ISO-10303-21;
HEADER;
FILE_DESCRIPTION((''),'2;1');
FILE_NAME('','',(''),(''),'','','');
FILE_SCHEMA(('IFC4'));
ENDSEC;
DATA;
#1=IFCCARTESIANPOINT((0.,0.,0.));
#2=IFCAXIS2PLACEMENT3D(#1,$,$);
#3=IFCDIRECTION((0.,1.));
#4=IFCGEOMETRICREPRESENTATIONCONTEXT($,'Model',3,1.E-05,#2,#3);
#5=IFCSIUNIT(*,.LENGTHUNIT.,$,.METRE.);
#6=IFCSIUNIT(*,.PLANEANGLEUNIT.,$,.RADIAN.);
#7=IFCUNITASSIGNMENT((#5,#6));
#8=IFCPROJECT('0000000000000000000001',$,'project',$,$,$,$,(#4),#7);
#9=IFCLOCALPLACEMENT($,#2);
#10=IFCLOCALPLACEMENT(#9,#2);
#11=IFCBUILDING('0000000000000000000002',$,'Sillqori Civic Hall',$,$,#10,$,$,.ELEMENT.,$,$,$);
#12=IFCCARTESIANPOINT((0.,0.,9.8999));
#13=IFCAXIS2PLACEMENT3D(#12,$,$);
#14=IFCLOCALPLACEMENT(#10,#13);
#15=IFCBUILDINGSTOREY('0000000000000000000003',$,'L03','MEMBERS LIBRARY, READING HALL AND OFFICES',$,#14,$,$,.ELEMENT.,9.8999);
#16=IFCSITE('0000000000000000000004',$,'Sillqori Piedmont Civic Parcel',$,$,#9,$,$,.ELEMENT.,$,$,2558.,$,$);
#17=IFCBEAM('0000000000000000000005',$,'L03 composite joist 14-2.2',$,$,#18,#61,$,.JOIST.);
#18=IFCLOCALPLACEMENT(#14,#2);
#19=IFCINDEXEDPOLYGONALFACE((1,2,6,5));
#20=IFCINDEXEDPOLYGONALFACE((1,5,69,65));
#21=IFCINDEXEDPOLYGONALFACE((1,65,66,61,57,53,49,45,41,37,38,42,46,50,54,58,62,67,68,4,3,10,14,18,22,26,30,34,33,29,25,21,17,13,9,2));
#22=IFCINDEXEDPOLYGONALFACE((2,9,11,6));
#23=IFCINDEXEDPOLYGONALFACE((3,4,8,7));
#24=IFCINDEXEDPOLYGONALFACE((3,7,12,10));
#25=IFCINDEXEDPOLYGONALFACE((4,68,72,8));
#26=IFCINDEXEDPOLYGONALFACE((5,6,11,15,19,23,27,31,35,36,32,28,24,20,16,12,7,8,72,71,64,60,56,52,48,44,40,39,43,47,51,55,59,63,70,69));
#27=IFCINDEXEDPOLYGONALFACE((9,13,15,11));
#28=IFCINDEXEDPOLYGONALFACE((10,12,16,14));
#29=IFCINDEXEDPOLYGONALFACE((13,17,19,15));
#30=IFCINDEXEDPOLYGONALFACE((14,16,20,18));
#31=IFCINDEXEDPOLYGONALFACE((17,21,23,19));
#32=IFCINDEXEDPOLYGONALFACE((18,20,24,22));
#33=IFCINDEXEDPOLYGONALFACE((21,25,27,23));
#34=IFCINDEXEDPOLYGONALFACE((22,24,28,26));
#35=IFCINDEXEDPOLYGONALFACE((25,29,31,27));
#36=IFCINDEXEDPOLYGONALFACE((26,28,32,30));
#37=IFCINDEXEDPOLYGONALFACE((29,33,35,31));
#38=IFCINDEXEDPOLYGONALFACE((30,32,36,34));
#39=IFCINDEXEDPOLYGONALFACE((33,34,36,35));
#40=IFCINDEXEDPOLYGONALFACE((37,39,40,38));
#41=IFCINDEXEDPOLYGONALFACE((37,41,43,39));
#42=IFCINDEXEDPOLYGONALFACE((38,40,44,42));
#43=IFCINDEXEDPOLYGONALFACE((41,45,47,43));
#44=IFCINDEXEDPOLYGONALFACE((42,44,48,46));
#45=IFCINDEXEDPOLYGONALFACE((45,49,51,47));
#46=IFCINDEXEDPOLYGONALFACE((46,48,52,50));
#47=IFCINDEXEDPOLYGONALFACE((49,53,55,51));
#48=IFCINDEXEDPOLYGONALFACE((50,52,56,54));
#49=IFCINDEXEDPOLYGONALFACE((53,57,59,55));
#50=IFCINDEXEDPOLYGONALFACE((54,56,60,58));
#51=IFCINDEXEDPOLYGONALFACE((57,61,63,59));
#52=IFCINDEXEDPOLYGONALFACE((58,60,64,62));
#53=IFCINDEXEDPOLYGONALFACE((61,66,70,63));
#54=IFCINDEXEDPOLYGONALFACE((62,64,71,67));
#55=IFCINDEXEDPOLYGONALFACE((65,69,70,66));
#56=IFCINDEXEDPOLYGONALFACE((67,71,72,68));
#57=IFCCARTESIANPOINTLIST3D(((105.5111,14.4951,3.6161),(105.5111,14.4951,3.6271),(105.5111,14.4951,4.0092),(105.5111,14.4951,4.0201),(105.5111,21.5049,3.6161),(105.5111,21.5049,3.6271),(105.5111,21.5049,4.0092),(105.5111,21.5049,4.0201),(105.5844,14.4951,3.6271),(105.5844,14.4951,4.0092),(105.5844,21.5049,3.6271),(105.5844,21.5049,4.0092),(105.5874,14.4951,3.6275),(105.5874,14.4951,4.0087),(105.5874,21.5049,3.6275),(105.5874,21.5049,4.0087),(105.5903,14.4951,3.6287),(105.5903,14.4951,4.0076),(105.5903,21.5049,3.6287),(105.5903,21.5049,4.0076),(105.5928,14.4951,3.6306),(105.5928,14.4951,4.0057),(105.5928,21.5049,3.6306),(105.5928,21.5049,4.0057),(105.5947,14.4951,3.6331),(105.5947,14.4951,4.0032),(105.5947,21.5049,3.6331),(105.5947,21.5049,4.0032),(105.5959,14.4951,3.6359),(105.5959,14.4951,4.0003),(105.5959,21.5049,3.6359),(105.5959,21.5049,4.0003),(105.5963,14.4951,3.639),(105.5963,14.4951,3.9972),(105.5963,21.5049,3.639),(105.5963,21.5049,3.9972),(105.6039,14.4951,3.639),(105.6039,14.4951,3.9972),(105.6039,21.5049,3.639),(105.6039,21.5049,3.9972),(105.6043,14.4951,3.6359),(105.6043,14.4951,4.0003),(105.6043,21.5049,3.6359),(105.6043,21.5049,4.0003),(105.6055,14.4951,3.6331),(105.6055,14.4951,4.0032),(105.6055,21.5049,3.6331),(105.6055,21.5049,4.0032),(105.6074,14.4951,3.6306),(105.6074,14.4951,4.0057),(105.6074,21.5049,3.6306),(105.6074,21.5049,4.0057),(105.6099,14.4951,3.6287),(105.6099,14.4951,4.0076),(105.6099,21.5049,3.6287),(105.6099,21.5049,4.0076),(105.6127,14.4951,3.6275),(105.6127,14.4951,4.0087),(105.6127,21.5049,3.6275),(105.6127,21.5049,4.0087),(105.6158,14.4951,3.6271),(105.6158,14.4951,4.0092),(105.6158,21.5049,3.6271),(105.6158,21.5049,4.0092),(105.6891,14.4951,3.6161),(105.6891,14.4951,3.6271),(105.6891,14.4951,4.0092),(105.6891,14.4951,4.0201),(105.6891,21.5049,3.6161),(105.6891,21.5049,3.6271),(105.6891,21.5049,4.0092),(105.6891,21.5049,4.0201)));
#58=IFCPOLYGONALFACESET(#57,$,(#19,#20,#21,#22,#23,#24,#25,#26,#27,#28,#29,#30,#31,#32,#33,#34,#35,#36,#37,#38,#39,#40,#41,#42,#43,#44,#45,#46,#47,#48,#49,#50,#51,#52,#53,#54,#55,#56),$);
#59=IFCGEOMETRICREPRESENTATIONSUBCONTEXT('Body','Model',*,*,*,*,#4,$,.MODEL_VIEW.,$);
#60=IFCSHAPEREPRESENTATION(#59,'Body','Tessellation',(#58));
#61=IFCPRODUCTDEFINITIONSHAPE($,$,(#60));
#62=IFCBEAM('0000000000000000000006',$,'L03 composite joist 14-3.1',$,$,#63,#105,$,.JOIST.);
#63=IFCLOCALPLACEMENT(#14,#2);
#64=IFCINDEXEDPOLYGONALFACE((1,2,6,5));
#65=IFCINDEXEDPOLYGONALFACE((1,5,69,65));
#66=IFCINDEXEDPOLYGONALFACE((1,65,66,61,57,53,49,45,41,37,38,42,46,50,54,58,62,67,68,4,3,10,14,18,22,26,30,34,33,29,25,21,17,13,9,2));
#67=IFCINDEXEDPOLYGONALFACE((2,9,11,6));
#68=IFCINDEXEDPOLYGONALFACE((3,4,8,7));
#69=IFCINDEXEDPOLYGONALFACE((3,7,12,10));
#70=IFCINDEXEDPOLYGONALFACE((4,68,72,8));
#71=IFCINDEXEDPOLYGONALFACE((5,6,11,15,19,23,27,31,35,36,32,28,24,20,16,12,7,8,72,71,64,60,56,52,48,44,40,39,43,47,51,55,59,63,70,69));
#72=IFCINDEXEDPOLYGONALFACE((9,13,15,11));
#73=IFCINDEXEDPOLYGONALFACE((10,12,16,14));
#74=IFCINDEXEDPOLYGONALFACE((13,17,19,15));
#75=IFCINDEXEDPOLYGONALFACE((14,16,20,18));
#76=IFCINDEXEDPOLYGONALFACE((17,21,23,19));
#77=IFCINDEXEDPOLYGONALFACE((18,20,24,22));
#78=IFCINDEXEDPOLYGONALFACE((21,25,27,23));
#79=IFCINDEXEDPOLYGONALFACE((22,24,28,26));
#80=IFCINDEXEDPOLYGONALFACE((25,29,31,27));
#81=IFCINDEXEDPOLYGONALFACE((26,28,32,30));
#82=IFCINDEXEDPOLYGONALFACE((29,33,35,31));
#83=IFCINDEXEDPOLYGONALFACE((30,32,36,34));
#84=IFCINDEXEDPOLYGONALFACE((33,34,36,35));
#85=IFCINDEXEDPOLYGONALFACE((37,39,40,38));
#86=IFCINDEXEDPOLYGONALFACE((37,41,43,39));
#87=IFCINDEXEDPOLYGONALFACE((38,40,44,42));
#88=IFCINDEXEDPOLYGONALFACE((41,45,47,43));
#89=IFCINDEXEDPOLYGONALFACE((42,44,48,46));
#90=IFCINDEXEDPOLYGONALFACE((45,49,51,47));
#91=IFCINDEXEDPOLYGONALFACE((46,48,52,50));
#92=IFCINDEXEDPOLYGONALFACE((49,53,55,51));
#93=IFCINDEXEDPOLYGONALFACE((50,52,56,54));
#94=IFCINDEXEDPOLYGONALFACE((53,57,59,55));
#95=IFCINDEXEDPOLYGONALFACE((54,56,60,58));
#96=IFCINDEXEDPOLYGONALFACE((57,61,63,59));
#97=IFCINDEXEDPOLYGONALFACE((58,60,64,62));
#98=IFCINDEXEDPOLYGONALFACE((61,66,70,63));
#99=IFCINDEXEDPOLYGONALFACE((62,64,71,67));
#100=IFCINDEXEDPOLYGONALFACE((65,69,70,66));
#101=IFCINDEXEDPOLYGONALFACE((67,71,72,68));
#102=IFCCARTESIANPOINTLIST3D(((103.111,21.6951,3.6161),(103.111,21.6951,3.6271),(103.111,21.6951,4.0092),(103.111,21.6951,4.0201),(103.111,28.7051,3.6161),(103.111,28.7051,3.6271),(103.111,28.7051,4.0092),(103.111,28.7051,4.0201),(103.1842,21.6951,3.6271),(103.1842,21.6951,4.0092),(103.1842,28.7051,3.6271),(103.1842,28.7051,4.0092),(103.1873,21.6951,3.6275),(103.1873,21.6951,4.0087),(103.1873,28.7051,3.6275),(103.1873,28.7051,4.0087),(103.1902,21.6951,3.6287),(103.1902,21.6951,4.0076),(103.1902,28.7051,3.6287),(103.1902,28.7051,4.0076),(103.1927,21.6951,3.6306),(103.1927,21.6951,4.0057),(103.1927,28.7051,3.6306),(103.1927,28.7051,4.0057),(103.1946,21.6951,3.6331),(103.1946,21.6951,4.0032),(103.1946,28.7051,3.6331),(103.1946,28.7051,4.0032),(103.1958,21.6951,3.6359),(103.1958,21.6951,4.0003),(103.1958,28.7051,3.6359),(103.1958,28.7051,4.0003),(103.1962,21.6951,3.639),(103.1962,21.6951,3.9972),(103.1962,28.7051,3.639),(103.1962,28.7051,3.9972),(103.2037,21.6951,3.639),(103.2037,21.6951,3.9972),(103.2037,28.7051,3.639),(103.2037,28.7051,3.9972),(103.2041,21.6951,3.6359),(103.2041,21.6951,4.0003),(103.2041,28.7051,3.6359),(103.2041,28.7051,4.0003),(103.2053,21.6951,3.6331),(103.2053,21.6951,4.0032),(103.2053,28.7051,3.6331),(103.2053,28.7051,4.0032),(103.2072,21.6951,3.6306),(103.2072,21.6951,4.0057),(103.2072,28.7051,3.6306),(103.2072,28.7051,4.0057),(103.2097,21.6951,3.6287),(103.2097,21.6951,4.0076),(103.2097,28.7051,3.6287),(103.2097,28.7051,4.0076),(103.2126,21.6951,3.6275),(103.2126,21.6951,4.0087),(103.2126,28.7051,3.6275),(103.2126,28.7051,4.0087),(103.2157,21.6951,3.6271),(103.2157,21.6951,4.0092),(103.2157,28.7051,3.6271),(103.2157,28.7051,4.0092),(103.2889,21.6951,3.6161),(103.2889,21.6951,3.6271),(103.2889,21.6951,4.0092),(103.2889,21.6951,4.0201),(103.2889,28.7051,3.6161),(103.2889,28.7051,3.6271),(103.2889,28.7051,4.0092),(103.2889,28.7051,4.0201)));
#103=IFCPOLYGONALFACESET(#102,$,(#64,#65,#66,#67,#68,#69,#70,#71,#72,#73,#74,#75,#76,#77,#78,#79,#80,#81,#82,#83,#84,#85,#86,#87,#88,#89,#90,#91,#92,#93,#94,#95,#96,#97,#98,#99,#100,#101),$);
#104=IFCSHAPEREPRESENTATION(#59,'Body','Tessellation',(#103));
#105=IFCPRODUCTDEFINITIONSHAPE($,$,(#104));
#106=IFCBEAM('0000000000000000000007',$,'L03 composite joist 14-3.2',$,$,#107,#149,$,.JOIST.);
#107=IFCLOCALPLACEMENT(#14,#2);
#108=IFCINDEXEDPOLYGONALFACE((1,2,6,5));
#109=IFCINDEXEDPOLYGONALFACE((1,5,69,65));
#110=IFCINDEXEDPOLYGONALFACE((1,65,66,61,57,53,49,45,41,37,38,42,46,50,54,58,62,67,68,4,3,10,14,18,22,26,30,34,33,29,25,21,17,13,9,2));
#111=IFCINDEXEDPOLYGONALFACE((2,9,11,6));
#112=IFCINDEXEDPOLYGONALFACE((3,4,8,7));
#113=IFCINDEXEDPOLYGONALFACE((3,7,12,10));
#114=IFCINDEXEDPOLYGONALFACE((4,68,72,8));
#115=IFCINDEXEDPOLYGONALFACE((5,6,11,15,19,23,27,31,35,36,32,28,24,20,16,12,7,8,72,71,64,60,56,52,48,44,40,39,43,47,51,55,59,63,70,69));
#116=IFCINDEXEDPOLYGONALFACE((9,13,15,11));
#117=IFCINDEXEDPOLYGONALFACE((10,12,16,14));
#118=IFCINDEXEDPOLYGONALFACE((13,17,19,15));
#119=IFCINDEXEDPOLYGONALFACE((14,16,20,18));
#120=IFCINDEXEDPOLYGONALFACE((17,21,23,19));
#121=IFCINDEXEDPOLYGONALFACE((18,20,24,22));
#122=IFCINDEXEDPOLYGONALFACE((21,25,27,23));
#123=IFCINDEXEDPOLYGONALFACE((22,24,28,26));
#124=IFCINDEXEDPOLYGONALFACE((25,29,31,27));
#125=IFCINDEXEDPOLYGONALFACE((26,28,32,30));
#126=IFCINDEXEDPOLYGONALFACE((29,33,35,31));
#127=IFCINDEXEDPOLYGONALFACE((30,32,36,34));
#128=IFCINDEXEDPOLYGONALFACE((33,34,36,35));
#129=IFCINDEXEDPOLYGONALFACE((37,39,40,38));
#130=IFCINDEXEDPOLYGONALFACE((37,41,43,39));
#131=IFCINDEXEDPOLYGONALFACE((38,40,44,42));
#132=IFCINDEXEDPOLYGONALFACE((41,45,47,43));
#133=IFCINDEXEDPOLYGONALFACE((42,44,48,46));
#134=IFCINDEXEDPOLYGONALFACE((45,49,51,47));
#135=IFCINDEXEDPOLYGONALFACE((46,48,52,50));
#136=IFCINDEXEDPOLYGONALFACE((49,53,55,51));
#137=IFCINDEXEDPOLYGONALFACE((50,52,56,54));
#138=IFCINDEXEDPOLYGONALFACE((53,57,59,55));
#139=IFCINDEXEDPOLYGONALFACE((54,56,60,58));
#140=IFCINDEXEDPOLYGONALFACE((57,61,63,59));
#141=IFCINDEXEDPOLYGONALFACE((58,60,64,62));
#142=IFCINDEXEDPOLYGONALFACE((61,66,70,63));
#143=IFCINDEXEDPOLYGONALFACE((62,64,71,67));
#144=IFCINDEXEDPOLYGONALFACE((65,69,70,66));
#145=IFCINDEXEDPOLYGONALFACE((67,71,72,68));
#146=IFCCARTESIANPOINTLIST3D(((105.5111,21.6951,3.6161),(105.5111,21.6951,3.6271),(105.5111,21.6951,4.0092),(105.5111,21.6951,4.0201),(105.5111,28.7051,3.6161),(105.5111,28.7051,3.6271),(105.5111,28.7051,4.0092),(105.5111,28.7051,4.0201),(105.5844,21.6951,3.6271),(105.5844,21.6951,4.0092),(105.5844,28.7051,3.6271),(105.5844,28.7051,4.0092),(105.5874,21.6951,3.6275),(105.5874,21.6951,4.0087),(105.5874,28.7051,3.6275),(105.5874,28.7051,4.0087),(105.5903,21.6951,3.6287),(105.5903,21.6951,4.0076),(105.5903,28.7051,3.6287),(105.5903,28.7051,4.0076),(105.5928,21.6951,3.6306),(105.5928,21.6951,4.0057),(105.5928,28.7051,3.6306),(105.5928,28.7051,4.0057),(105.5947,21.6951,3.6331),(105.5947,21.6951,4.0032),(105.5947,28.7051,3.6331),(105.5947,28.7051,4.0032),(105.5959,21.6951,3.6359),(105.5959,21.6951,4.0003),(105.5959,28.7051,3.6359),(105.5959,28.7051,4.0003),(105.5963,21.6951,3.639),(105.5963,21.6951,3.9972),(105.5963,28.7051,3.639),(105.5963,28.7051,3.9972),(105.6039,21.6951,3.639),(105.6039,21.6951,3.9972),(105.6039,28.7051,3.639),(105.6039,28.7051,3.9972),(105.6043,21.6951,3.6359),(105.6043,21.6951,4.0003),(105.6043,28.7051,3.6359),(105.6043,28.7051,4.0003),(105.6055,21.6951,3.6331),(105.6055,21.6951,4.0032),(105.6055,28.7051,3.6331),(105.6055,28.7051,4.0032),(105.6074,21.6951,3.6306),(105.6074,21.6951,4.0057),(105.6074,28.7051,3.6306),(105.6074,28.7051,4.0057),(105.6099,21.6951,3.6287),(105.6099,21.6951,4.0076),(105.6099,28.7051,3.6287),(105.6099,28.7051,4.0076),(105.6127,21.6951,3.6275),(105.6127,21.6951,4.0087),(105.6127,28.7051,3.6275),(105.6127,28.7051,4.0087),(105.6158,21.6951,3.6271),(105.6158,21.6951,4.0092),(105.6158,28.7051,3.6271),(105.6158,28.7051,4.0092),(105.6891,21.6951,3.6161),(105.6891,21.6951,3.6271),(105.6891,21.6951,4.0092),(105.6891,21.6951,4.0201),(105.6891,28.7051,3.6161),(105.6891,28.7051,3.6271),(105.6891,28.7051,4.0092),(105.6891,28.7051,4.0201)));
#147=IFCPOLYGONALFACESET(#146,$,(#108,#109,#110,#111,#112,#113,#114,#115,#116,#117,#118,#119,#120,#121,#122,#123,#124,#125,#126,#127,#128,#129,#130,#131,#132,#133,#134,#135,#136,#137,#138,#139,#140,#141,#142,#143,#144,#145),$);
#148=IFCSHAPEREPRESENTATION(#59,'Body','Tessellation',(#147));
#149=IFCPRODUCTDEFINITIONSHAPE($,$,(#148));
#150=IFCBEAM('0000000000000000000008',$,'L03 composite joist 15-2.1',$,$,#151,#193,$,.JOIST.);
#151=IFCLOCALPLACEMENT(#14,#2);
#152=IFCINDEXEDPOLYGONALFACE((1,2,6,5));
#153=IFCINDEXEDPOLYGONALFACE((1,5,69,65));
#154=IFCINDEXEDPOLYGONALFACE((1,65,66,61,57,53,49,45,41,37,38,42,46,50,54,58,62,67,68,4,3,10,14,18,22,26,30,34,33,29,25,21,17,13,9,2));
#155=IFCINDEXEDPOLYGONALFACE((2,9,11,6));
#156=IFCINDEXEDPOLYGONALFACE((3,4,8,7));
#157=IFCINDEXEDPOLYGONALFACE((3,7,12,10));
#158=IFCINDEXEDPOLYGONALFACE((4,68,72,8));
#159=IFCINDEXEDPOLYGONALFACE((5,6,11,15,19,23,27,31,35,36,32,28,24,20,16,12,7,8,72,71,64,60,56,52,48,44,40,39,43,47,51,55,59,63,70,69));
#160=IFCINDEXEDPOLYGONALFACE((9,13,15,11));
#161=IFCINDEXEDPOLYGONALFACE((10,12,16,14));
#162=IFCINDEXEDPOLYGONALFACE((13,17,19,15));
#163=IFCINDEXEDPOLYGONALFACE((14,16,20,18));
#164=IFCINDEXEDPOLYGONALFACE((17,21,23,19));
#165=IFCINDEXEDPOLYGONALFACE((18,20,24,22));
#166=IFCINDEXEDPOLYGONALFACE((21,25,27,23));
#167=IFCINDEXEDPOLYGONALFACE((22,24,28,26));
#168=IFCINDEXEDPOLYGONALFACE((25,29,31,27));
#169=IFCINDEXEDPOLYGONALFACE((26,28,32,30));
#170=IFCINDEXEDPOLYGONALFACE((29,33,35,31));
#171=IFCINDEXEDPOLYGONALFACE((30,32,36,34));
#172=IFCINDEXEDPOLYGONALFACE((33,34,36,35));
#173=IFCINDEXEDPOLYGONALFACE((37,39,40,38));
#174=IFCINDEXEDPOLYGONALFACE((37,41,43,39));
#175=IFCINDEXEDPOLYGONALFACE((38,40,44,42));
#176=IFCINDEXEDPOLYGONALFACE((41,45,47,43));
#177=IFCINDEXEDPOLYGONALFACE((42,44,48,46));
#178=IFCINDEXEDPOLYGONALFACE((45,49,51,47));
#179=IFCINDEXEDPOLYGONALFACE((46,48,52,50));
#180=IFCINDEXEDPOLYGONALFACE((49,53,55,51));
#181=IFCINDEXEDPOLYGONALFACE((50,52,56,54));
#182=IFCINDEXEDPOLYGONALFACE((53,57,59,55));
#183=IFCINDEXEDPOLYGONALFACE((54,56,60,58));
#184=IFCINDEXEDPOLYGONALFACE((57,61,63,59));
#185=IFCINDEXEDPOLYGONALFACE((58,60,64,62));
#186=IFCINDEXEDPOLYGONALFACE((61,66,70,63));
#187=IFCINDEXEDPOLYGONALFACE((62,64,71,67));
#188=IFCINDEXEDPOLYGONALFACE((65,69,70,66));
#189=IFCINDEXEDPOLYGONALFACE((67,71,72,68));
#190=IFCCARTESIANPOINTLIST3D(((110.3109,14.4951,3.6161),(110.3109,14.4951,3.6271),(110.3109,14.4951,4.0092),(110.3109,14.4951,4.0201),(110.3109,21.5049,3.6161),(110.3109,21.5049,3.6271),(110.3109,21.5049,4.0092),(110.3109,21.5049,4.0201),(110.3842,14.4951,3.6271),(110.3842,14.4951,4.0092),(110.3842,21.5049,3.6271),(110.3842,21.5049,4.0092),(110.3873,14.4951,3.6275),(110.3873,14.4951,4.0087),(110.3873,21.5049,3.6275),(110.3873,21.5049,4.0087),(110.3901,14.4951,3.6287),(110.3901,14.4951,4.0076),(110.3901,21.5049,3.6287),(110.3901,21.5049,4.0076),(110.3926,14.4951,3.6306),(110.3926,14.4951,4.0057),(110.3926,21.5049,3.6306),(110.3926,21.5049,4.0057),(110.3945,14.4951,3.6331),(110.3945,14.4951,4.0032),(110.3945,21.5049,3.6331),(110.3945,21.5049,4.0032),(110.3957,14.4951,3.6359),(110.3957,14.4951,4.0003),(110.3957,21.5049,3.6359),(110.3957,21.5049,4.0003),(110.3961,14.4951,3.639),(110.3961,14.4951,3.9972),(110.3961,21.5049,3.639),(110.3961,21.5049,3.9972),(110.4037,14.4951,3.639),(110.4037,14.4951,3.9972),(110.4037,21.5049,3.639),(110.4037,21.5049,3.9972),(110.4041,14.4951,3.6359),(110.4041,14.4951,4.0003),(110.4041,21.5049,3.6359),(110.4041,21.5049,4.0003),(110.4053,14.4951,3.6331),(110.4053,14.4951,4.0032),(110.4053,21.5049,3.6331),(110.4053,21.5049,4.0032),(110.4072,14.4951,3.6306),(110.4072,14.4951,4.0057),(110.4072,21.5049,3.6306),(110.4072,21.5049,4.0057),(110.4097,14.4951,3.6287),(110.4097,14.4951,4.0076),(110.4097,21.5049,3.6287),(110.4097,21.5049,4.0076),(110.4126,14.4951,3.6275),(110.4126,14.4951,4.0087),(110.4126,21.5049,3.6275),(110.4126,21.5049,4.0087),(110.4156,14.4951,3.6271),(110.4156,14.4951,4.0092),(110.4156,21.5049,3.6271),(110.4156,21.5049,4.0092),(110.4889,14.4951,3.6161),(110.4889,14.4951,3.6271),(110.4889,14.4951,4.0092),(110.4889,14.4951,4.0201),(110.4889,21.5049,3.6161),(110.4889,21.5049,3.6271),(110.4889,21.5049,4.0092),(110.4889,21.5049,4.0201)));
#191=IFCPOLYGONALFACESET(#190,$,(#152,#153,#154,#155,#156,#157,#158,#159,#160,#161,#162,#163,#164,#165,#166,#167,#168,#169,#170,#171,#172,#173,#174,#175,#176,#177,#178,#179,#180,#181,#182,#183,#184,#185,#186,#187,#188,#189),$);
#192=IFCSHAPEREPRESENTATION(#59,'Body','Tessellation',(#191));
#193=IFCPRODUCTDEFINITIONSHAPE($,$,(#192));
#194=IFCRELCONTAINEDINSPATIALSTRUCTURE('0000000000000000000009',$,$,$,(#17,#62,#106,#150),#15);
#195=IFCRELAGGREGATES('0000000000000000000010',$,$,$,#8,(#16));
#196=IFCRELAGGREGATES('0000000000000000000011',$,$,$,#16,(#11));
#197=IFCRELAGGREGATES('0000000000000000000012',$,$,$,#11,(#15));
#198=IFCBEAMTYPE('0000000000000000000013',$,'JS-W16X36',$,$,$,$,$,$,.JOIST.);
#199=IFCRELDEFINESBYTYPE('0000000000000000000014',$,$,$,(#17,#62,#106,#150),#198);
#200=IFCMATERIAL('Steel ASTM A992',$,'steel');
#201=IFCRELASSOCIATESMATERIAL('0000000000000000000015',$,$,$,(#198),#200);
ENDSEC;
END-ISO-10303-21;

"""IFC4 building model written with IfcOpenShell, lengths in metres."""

from ifc_helpers import new_model, si_unit, direction, frame, origin, origin_2d, place, context, subcontext, project, spatial, i_section, extrude, material, material_profile, profile_set, type_object, element, save


model = new_model("IFC4")

# Units and contexts
model_context = context("Model", 3, precision=1e-05, world=origin(), true_north=direction((0.0, 1.0)))
body_context = subcontext(model_context, "Body", "Model", "MODEL_VIEW")
ifc_project = project(units=[si_unit("LENGTHUNIT", "METRE"), si_unit("PLANEANGLEUNIT", "RADIAN")], contexts=[model_context])

# Site, building, storey
site_placement = place(None, origin())
site = spatial("IfcSite", under=ifc_project, at=site_placement, Name="Sillqori Piedmont Civic Parcel", CompositionType="ELEMENT", RefElevation=2558.0)
building_placement = place(site_placement, origin())
building = spatial("IfcBuilding", under=site, at=building_placement, Name="Sillqori Civic Hall", CompositionType="ELEMENT")
storey_placement = place(building_placement, frame((0.0, 0.0, 9.8999)))
storey = spatial("IfcBuildingStorey", under=building, at=storey_placement, Name="L03", Description="MEMBERS LIBRARY, READING HALL AND OFFICES", CompositionType="ELEMENT", Elevation=9.8999)

# Shared definitions
ifc_material_1 = material(Name="Steel ASTM A992", Category="steel")

# Beams
ifc_material_profile_1 = material_profile(ifc_material_1, i_section(OverallWidth=0.178, OverallDepth=0.4041, WebThickness=0.0076, FlangeThickness=0.011, FilletRadius=0.012, at=origin_2d()), Name="W16X36")
ifc_profile_set_1 = profile_set([ifc_material_profile_1], Name="Steel ASTM A992")
beam_type_1 = type_object("IfcBeamType", Name="JS-W16X36", PredefinedType="JOIST", material=ifc_profile_set_1)
for number, where, z_axis, x_axis, name in (
    (1, (105.6001, 14.4951, 3.8181), (0.0, 1.0, 0.0), (-1.0, 0.0, 0.0), "L03 composite joist 14-2.2"),
):
    element("IfcBeam", number, at=place(storey_placement, frame(where, z_axis=z_axis, x_axis=x_axis)), inside=storey, type_object=beam_type_1, Name=name, PredefinedType="JOIST", context=body_context, shape_type="SweptSolid", body=[
        extrude(i_section(OverallWidth=0.178, OverallDepth=0.4041, WebThickness=0.0076, FlangeThickness=0.011, FilletRadius=0.012, at=origin_2d()), origin(), (0.0, 0.0, 1.0), 7.0098),
    ])
for number, where, z_axis, x_axis, name in (
    (2, (103.2, 21.6951, 3.8181), (0.0, 1.0, 0.0), (-1.0, 0.0, 0.0), "L03 composite joist 14-3.1"),
    (3, (105.6001, 21.6951, 3.8181), (0.0, 1.0, 0.0), (-1.0, 0.0, 0.0), "L03 composite joist 14-3.2"),
):
    element("IfcBeam", number, at=place(storey_placement, frame(where, z_axis=z_axis, x_axis=x_axis)), inside=storey, type_object=beam_type_1, Name=name, PredefinedType="JOIST", context=body_context, shape_type="SweptSolid", body=[
        extrude(i_section(OverallWidth=0.178, OverallDepth=0.4041, WebThickness=0.0076, FlangeThickness=0.011, FilletRadius=0.012, at=origin_2d()), origin(), (0.0, 0.0, 1.0), 7.01),
    ])
for number, where, z_axis, x_axis, name in (
    (4, (110.3999, 14.4951, 3.8181), (0.0, 1.0, 0.0), (-1.0, 0.0, 0.0), "L03 composite joist 15-2.1"),
):
    element("IfcBeam", number, at=place(storey_placement, frame(where, z_axis=z_axis, x_axis=x_axis)), inside=storey, type_object=beam_type_1, Name=name, PredefinedType="JOIST", context=body_context, shape_type="SweptSolid", body=[
        extrude(i_section(OverallWidth=0.178, OverallDepth=0.4041, WebThickness=0.0076, FlangeThickness=0.011, FilletRadius=0.012, at=origin_2d()), origin(), (0.0, 0.0, 1.0), 7.0098),
    ])

save(model, "model.ifc")
